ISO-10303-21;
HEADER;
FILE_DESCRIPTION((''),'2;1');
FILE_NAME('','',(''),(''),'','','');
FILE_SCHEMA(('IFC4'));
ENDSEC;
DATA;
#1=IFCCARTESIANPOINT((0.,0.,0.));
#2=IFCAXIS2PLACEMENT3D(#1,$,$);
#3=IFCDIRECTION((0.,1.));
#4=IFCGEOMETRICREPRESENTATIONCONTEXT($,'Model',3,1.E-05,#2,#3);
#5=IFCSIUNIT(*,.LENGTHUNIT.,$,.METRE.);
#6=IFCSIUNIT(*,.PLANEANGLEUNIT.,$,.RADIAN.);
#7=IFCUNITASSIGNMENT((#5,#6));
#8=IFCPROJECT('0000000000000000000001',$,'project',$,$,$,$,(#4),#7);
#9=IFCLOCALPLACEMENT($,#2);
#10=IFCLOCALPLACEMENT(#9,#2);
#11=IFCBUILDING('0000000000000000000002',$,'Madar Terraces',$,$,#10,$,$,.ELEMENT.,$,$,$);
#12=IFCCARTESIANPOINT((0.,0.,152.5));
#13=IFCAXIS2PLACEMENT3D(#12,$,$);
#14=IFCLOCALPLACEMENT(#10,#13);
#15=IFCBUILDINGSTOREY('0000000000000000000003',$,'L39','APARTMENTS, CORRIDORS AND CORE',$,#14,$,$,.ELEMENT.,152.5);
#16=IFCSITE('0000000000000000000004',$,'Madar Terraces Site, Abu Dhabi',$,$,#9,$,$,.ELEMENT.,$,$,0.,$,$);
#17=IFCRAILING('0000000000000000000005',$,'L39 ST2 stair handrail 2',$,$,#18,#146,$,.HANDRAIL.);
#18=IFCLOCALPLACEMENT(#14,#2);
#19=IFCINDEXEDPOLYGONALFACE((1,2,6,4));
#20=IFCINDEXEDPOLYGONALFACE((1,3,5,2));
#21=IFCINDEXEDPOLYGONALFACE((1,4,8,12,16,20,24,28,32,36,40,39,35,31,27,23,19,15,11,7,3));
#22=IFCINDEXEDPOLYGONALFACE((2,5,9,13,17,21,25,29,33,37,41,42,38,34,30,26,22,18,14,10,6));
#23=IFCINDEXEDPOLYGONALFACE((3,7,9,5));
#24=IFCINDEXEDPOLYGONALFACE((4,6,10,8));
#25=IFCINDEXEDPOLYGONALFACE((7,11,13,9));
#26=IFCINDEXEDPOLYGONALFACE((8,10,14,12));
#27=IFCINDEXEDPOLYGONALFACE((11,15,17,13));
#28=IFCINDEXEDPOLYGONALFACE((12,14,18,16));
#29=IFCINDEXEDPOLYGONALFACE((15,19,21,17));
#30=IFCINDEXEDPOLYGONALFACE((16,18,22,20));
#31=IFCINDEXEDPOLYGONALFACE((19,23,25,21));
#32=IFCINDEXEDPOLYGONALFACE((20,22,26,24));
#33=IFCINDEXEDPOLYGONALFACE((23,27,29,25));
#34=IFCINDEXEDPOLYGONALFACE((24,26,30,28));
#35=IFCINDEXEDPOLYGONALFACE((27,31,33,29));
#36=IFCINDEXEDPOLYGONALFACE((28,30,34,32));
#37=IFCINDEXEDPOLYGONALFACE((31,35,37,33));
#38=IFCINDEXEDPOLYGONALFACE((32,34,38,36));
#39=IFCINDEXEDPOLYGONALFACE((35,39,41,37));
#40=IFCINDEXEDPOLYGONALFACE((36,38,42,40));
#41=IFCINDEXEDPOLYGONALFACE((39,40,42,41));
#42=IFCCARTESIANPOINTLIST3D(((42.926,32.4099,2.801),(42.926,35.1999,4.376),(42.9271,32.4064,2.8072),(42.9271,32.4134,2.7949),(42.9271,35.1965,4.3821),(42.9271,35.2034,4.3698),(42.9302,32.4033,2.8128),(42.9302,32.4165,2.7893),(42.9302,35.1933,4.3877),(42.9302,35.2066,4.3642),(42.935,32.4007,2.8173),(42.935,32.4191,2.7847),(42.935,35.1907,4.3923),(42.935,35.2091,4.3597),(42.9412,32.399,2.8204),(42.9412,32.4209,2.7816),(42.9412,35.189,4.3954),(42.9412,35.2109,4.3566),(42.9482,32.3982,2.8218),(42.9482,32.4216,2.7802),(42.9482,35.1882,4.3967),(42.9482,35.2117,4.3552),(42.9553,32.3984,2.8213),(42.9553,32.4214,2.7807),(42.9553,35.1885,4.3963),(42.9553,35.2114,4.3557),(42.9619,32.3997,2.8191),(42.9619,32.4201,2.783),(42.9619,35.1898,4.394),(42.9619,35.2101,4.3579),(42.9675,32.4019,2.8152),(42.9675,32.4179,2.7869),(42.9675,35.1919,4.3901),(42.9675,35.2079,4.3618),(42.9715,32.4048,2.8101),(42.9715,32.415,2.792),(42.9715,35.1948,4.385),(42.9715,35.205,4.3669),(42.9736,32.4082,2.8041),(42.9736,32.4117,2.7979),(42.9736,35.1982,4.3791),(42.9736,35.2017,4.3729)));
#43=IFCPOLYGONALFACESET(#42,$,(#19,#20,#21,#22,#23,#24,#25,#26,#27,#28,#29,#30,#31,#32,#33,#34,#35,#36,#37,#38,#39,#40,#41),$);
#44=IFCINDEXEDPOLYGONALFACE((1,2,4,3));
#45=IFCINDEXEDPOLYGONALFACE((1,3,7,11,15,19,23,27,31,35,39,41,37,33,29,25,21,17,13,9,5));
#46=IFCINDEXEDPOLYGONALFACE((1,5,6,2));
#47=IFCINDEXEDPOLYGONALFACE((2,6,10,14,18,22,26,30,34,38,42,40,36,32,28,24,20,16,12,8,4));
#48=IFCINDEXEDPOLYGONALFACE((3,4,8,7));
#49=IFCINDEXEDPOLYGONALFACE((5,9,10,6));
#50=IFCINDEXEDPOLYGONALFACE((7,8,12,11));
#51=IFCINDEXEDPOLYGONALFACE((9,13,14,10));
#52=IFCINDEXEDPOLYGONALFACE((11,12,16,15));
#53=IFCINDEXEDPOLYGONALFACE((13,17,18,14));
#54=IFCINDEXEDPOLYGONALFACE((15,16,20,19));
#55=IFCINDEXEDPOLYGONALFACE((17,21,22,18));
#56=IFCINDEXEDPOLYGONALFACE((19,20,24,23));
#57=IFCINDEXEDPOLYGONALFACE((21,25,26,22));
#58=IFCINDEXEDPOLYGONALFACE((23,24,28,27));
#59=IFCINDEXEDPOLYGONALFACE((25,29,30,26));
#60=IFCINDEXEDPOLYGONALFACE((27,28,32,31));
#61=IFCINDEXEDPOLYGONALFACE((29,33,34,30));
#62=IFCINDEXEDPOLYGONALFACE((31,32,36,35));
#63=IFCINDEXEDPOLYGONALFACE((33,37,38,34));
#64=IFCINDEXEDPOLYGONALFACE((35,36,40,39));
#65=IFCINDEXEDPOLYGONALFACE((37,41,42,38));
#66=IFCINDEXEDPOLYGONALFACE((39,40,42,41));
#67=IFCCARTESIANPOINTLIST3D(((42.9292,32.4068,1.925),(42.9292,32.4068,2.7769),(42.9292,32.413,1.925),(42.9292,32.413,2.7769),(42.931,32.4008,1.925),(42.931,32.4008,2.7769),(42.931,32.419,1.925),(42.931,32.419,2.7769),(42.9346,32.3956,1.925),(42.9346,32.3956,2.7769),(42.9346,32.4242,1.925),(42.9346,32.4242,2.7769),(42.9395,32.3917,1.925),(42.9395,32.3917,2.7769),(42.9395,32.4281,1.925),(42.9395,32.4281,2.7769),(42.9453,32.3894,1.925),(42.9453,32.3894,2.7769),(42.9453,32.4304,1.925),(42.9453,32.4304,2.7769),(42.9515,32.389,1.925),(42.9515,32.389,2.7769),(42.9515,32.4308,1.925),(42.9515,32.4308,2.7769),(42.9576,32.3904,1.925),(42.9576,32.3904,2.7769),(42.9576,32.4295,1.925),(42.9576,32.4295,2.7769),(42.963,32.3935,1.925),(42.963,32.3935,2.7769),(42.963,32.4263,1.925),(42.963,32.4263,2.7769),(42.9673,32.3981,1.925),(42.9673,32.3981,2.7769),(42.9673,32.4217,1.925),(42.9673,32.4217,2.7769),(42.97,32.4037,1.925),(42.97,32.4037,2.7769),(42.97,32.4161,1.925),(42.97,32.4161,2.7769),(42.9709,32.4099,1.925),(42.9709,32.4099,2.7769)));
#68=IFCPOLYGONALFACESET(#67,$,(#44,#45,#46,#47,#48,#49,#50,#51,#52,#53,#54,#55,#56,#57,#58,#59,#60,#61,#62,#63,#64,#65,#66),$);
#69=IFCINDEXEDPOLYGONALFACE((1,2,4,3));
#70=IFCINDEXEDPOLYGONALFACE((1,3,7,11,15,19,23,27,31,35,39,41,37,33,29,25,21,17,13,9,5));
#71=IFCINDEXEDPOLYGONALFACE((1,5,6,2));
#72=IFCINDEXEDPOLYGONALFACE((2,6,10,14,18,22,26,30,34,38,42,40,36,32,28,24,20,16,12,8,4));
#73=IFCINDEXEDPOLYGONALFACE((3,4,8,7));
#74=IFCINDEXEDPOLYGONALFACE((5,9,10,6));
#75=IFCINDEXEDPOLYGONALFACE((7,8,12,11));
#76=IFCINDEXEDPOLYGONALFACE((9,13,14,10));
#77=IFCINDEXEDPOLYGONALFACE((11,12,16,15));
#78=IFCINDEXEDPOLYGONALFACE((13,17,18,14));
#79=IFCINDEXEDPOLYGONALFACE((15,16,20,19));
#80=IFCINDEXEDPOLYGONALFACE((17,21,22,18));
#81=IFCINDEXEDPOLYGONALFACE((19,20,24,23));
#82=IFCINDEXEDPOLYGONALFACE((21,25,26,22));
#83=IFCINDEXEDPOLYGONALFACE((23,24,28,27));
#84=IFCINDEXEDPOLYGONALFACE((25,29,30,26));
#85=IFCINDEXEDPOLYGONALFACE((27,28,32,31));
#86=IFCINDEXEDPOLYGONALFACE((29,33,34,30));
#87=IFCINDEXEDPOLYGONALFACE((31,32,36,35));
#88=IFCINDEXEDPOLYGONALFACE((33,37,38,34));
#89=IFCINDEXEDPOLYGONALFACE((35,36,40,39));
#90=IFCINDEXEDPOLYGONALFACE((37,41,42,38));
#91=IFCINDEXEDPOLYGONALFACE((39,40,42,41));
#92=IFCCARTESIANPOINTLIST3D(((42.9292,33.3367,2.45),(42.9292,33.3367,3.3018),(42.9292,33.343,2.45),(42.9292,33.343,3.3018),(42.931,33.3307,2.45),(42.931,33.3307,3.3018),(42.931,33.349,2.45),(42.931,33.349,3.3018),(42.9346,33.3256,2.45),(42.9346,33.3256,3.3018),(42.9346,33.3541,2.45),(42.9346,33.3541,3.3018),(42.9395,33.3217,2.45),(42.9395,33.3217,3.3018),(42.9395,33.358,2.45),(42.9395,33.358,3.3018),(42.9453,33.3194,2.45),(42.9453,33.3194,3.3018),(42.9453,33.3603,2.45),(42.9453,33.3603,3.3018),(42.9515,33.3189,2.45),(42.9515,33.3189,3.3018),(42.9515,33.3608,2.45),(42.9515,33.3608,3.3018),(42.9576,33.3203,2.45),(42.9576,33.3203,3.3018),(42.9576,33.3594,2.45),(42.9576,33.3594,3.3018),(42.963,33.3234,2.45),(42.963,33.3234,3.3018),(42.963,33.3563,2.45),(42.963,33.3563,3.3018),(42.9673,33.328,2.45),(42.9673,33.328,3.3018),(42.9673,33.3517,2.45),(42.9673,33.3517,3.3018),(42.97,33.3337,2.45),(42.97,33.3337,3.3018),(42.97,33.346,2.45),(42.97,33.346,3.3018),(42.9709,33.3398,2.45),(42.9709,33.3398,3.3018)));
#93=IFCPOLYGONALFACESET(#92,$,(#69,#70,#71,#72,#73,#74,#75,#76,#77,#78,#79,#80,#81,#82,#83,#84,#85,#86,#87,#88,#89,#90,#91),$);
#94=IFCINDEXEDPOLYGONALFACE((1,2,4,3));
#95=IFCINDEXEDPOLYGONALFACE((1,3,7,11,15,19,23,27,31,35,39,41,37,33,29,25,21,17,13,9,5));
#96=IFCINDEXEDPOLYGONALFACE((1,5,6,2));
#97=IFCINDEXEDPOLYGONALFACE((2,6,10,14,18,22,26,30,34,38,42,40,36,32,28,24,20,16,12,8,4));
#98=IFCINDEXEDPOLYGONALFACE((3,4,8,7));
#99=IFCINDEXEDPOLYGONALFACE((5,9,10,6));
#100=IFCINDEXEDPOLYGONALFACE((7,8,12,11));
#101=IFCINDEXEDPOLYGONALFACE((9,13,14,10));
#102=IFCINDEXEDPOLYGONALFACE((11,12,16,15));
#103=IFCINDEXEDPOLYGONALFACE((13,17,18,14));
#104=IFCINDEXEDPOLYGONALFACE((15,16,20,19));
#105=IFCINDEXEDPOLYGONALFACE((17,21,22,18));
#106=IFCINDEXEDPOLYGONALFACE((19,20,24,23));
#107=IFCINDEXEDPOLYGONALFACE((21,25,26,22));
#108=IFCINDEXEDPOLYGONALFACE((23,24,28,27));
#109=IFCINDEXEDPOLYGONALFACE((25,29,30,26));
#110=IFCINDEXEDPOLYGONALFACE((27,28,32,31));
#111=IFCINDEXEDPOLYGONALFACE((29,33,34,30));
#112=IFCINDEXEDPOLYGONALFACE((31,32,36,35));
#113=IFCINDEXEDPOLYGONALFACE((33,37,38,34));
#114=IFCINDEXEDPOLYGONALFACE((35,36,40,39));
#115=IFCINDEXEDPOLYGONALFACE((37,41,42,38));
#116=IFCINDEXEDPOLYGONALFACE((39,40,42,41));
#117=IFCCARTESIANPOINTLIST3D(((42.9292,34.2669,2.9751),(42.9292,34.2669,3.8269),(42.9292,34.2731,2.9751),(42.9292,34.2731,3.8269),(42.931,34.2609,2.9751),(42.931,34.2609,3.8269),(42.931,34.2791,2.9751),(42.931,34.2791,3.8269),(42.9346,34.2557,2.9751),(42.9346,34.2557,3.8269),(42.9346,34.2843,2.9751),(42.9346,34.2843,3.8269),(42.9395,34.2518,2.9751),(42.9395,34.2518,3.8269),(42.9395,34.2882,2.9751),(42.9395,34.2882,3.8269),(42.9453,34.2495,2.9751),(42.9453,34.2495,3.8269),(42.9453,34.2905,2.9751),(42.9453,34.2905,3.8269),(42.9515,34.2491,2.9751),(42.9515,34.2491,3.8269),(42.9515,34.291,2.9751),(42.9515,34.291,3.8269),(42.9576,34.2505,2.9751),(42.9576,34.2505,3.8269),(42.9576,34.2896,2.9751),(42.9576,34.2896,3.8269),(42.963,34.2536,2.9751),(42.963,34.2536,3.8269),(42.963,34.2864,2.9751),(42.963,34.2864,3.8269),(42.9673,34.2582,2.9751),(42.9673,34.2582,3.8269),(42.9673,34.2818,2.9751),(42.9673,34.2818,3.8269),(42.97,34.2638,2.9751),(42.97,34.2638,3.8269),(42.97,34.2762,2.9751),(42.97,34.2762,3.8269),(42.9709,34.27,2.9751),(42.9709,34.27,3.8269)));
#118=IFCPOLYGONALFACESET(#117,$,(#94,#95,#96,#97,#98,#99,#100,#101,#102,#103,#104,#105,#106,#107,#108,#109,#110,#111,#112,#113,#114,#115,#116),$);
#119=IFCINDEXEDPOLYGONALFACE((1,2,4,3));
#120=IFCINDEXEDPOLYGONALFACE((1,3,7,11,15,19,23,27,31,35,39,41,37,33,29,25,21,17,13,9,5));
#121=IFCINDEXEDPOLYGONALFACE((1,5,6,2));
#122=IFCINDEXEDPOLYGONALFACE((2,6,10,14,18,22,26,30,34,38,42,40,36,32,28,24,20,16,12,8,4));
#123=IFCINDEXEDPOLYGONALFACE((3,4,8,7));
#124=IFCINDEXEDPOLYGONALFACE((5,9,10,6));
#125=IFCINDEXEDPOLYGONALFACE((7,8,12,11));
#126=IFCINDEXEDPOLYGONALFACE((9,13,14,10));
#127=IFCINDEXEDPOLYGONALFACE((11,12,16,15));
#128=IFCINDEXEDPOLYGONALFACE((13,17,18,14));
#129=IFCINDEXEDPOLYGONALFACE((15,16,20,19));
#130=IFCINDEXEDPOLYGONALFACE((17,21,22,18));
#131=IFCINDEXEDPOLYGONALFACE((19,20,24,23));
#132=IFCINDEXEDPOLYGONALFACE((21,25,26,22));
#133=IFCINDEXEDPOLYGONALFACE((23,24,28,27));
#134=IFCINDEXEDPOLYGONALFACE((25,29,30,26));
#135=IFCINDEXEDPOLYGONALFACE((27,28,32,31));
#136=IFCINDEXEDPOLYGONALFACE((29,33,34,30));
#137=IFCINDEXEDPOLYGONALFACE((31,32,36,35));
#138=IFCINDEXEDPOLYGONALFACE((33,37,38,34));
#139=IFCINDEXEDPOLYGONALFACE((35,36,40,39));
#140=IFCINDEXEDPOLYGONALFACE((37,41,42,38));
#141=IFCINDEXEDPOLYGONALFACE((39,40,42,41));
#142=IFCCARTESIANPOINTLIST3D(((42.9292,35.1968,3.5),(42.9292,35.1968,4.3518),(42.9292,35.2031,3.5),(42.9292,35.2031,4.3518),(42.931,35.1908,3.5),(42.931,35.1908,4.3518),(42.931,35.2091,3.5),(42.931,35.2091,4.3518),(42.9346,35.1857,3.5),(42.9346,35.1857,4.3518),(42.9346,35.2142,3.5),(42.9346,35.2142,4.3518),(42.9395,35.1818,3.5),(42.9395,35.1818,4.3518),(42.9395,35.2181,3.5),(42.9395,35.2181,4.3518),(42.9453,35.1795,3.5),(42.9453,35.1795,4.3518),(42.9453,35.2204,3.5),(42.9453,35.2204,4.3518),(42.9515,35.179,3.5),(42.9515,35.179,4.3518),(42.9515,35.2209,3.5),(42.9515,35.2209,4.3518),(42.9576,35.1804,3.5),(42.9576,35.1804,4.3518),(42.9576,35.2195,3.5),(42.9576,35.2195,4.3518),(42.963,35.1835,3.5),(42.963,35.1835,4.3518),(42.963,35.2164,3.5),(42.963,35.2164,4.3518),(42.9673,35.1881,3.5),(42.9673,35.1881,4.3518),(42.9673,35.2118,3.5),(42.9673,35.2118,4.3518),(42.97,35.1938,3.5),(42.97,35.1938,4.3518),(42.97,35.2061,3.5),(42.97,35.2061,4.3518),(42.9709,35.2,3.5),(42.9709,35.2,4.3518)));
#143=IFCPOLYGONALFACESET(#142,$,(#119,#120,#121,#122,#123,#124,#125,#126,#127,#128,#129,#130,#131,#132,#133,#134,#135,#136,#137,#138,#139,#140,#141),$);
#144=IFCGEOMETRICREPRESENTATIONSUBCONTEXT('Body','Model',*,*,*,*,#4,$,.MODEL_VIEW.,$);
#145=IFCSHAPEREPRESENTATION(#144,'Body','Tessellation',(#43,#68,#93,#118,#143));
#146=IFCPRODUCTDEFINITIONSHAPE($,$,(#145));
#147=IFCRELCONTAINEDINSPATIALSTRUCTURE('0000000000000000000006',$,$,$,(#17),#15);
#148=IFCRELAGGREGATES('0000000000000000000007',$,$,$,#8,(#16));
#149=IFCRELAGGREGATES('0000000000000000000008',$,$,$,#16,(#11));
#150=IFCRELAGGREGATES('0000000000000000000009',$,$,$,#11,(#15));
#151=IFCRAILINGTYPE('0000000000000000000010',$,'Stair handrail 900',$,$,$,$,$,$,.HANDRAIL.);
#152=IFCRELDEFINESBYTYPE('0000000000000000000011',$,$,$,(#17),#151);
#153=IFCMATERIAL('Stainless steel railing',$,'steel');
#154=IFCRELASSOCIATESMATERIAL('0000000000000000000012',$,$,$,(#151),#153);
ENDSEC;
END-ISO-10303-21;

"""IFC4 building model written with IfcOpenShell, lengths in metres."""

from ifc_helpers import new_model, si_unit, direction, frame, origin, origin_2d, place, context, subcontext, project, spatial, circle, extrude, material, type_object, element, save


model = new_model("IFC4")

# Units and contexts
model_context = context("Model", 3, precision=1e-05, world=origin(), true_north=direction((0.0, 1.0)))
body_context = subcontext(model_context, "Body", "Model", "MODEL_VIEW")
ifc_project = project(units=[si_unit("LENGTHUNIT", "METRE"), si_unit("PLANEANGLEUNIT", "RADIAN")], contexts=[model_context])

# Site, building, storey
site_placement = place(None, origin())
site = spatial("IfcSite", under=ifc_project, at=site_placement, Name="Madar Terraces Site, Abu Dhabi", CompositionType="ELEMENT", RefElevation=0.0)
building_placement = place(site_placement, origin())
building = spatial("IfcBuilding", under=site, at=building_placement, Name="Madar Terraces", CompositionType="ELEMENT")
storey_placement = place(building_placement, frame((0.0, 0.0, 152.5)))
storey = spatial("IfcBuildingStorey", under=building, at=storey_placement, Name="L39", Description="APARTMENTS, CORRIDORS AND CORE", CompositionType="ELEMENT", Elevation=152.5)

# Railing
ifc_material_1 = material(Name="Stainless steel railing", Category="steel")
railing_type_1 = type_object("IfcRailingType", Name="Stair handrail 900", PredefinedType="HANDRAIL", material=ifc_material_1)
railing_1_placement = place(storey_placement, frame((42.95, 32.4099, 1.925)))
element("IfcRailing", 1, at=railing_1_placement, inside=storey, type_object=railing_type_1, Name="L39 ST2 stair handrail 2", PredefinedType="HANDRAIL", context=body_context, shape_type="SweptSolid", body=[
    extrude(circle(Radius=0.0239, at=origin_2d()), frame((0.0, 0.0, 0.876), z_axis=(0.0, 0.870834, 0.491578), x_axis=(-1.0, 0.0, 0.0)), (0.0, 0.0, 1.0), 3.2039),
    extrude(circle(Radius=0.021, at=origin_2d()), origin(), (0.0, 0.0, 1.0), 0.8518),
    extrude(circle(Radius=0.021, at=origin_2d()), frame((0.0, 0.9299, 0.5249)), (0.0, 0.0, 1.0), 0.8518),
    extrude(circle(Radius=0.021, at=origin_2d()), frame((0.0, 1.8601, 1.05)), (0.0, 0.0, 1.0), 0.8518),
    extrude(circle(Radius=0.021, at=origin_2d()), frame((0.0, 2.79, 1.575)), (0.0, 0.0, 1.0), 0.8518),
])

save(model, "model.ifc")
